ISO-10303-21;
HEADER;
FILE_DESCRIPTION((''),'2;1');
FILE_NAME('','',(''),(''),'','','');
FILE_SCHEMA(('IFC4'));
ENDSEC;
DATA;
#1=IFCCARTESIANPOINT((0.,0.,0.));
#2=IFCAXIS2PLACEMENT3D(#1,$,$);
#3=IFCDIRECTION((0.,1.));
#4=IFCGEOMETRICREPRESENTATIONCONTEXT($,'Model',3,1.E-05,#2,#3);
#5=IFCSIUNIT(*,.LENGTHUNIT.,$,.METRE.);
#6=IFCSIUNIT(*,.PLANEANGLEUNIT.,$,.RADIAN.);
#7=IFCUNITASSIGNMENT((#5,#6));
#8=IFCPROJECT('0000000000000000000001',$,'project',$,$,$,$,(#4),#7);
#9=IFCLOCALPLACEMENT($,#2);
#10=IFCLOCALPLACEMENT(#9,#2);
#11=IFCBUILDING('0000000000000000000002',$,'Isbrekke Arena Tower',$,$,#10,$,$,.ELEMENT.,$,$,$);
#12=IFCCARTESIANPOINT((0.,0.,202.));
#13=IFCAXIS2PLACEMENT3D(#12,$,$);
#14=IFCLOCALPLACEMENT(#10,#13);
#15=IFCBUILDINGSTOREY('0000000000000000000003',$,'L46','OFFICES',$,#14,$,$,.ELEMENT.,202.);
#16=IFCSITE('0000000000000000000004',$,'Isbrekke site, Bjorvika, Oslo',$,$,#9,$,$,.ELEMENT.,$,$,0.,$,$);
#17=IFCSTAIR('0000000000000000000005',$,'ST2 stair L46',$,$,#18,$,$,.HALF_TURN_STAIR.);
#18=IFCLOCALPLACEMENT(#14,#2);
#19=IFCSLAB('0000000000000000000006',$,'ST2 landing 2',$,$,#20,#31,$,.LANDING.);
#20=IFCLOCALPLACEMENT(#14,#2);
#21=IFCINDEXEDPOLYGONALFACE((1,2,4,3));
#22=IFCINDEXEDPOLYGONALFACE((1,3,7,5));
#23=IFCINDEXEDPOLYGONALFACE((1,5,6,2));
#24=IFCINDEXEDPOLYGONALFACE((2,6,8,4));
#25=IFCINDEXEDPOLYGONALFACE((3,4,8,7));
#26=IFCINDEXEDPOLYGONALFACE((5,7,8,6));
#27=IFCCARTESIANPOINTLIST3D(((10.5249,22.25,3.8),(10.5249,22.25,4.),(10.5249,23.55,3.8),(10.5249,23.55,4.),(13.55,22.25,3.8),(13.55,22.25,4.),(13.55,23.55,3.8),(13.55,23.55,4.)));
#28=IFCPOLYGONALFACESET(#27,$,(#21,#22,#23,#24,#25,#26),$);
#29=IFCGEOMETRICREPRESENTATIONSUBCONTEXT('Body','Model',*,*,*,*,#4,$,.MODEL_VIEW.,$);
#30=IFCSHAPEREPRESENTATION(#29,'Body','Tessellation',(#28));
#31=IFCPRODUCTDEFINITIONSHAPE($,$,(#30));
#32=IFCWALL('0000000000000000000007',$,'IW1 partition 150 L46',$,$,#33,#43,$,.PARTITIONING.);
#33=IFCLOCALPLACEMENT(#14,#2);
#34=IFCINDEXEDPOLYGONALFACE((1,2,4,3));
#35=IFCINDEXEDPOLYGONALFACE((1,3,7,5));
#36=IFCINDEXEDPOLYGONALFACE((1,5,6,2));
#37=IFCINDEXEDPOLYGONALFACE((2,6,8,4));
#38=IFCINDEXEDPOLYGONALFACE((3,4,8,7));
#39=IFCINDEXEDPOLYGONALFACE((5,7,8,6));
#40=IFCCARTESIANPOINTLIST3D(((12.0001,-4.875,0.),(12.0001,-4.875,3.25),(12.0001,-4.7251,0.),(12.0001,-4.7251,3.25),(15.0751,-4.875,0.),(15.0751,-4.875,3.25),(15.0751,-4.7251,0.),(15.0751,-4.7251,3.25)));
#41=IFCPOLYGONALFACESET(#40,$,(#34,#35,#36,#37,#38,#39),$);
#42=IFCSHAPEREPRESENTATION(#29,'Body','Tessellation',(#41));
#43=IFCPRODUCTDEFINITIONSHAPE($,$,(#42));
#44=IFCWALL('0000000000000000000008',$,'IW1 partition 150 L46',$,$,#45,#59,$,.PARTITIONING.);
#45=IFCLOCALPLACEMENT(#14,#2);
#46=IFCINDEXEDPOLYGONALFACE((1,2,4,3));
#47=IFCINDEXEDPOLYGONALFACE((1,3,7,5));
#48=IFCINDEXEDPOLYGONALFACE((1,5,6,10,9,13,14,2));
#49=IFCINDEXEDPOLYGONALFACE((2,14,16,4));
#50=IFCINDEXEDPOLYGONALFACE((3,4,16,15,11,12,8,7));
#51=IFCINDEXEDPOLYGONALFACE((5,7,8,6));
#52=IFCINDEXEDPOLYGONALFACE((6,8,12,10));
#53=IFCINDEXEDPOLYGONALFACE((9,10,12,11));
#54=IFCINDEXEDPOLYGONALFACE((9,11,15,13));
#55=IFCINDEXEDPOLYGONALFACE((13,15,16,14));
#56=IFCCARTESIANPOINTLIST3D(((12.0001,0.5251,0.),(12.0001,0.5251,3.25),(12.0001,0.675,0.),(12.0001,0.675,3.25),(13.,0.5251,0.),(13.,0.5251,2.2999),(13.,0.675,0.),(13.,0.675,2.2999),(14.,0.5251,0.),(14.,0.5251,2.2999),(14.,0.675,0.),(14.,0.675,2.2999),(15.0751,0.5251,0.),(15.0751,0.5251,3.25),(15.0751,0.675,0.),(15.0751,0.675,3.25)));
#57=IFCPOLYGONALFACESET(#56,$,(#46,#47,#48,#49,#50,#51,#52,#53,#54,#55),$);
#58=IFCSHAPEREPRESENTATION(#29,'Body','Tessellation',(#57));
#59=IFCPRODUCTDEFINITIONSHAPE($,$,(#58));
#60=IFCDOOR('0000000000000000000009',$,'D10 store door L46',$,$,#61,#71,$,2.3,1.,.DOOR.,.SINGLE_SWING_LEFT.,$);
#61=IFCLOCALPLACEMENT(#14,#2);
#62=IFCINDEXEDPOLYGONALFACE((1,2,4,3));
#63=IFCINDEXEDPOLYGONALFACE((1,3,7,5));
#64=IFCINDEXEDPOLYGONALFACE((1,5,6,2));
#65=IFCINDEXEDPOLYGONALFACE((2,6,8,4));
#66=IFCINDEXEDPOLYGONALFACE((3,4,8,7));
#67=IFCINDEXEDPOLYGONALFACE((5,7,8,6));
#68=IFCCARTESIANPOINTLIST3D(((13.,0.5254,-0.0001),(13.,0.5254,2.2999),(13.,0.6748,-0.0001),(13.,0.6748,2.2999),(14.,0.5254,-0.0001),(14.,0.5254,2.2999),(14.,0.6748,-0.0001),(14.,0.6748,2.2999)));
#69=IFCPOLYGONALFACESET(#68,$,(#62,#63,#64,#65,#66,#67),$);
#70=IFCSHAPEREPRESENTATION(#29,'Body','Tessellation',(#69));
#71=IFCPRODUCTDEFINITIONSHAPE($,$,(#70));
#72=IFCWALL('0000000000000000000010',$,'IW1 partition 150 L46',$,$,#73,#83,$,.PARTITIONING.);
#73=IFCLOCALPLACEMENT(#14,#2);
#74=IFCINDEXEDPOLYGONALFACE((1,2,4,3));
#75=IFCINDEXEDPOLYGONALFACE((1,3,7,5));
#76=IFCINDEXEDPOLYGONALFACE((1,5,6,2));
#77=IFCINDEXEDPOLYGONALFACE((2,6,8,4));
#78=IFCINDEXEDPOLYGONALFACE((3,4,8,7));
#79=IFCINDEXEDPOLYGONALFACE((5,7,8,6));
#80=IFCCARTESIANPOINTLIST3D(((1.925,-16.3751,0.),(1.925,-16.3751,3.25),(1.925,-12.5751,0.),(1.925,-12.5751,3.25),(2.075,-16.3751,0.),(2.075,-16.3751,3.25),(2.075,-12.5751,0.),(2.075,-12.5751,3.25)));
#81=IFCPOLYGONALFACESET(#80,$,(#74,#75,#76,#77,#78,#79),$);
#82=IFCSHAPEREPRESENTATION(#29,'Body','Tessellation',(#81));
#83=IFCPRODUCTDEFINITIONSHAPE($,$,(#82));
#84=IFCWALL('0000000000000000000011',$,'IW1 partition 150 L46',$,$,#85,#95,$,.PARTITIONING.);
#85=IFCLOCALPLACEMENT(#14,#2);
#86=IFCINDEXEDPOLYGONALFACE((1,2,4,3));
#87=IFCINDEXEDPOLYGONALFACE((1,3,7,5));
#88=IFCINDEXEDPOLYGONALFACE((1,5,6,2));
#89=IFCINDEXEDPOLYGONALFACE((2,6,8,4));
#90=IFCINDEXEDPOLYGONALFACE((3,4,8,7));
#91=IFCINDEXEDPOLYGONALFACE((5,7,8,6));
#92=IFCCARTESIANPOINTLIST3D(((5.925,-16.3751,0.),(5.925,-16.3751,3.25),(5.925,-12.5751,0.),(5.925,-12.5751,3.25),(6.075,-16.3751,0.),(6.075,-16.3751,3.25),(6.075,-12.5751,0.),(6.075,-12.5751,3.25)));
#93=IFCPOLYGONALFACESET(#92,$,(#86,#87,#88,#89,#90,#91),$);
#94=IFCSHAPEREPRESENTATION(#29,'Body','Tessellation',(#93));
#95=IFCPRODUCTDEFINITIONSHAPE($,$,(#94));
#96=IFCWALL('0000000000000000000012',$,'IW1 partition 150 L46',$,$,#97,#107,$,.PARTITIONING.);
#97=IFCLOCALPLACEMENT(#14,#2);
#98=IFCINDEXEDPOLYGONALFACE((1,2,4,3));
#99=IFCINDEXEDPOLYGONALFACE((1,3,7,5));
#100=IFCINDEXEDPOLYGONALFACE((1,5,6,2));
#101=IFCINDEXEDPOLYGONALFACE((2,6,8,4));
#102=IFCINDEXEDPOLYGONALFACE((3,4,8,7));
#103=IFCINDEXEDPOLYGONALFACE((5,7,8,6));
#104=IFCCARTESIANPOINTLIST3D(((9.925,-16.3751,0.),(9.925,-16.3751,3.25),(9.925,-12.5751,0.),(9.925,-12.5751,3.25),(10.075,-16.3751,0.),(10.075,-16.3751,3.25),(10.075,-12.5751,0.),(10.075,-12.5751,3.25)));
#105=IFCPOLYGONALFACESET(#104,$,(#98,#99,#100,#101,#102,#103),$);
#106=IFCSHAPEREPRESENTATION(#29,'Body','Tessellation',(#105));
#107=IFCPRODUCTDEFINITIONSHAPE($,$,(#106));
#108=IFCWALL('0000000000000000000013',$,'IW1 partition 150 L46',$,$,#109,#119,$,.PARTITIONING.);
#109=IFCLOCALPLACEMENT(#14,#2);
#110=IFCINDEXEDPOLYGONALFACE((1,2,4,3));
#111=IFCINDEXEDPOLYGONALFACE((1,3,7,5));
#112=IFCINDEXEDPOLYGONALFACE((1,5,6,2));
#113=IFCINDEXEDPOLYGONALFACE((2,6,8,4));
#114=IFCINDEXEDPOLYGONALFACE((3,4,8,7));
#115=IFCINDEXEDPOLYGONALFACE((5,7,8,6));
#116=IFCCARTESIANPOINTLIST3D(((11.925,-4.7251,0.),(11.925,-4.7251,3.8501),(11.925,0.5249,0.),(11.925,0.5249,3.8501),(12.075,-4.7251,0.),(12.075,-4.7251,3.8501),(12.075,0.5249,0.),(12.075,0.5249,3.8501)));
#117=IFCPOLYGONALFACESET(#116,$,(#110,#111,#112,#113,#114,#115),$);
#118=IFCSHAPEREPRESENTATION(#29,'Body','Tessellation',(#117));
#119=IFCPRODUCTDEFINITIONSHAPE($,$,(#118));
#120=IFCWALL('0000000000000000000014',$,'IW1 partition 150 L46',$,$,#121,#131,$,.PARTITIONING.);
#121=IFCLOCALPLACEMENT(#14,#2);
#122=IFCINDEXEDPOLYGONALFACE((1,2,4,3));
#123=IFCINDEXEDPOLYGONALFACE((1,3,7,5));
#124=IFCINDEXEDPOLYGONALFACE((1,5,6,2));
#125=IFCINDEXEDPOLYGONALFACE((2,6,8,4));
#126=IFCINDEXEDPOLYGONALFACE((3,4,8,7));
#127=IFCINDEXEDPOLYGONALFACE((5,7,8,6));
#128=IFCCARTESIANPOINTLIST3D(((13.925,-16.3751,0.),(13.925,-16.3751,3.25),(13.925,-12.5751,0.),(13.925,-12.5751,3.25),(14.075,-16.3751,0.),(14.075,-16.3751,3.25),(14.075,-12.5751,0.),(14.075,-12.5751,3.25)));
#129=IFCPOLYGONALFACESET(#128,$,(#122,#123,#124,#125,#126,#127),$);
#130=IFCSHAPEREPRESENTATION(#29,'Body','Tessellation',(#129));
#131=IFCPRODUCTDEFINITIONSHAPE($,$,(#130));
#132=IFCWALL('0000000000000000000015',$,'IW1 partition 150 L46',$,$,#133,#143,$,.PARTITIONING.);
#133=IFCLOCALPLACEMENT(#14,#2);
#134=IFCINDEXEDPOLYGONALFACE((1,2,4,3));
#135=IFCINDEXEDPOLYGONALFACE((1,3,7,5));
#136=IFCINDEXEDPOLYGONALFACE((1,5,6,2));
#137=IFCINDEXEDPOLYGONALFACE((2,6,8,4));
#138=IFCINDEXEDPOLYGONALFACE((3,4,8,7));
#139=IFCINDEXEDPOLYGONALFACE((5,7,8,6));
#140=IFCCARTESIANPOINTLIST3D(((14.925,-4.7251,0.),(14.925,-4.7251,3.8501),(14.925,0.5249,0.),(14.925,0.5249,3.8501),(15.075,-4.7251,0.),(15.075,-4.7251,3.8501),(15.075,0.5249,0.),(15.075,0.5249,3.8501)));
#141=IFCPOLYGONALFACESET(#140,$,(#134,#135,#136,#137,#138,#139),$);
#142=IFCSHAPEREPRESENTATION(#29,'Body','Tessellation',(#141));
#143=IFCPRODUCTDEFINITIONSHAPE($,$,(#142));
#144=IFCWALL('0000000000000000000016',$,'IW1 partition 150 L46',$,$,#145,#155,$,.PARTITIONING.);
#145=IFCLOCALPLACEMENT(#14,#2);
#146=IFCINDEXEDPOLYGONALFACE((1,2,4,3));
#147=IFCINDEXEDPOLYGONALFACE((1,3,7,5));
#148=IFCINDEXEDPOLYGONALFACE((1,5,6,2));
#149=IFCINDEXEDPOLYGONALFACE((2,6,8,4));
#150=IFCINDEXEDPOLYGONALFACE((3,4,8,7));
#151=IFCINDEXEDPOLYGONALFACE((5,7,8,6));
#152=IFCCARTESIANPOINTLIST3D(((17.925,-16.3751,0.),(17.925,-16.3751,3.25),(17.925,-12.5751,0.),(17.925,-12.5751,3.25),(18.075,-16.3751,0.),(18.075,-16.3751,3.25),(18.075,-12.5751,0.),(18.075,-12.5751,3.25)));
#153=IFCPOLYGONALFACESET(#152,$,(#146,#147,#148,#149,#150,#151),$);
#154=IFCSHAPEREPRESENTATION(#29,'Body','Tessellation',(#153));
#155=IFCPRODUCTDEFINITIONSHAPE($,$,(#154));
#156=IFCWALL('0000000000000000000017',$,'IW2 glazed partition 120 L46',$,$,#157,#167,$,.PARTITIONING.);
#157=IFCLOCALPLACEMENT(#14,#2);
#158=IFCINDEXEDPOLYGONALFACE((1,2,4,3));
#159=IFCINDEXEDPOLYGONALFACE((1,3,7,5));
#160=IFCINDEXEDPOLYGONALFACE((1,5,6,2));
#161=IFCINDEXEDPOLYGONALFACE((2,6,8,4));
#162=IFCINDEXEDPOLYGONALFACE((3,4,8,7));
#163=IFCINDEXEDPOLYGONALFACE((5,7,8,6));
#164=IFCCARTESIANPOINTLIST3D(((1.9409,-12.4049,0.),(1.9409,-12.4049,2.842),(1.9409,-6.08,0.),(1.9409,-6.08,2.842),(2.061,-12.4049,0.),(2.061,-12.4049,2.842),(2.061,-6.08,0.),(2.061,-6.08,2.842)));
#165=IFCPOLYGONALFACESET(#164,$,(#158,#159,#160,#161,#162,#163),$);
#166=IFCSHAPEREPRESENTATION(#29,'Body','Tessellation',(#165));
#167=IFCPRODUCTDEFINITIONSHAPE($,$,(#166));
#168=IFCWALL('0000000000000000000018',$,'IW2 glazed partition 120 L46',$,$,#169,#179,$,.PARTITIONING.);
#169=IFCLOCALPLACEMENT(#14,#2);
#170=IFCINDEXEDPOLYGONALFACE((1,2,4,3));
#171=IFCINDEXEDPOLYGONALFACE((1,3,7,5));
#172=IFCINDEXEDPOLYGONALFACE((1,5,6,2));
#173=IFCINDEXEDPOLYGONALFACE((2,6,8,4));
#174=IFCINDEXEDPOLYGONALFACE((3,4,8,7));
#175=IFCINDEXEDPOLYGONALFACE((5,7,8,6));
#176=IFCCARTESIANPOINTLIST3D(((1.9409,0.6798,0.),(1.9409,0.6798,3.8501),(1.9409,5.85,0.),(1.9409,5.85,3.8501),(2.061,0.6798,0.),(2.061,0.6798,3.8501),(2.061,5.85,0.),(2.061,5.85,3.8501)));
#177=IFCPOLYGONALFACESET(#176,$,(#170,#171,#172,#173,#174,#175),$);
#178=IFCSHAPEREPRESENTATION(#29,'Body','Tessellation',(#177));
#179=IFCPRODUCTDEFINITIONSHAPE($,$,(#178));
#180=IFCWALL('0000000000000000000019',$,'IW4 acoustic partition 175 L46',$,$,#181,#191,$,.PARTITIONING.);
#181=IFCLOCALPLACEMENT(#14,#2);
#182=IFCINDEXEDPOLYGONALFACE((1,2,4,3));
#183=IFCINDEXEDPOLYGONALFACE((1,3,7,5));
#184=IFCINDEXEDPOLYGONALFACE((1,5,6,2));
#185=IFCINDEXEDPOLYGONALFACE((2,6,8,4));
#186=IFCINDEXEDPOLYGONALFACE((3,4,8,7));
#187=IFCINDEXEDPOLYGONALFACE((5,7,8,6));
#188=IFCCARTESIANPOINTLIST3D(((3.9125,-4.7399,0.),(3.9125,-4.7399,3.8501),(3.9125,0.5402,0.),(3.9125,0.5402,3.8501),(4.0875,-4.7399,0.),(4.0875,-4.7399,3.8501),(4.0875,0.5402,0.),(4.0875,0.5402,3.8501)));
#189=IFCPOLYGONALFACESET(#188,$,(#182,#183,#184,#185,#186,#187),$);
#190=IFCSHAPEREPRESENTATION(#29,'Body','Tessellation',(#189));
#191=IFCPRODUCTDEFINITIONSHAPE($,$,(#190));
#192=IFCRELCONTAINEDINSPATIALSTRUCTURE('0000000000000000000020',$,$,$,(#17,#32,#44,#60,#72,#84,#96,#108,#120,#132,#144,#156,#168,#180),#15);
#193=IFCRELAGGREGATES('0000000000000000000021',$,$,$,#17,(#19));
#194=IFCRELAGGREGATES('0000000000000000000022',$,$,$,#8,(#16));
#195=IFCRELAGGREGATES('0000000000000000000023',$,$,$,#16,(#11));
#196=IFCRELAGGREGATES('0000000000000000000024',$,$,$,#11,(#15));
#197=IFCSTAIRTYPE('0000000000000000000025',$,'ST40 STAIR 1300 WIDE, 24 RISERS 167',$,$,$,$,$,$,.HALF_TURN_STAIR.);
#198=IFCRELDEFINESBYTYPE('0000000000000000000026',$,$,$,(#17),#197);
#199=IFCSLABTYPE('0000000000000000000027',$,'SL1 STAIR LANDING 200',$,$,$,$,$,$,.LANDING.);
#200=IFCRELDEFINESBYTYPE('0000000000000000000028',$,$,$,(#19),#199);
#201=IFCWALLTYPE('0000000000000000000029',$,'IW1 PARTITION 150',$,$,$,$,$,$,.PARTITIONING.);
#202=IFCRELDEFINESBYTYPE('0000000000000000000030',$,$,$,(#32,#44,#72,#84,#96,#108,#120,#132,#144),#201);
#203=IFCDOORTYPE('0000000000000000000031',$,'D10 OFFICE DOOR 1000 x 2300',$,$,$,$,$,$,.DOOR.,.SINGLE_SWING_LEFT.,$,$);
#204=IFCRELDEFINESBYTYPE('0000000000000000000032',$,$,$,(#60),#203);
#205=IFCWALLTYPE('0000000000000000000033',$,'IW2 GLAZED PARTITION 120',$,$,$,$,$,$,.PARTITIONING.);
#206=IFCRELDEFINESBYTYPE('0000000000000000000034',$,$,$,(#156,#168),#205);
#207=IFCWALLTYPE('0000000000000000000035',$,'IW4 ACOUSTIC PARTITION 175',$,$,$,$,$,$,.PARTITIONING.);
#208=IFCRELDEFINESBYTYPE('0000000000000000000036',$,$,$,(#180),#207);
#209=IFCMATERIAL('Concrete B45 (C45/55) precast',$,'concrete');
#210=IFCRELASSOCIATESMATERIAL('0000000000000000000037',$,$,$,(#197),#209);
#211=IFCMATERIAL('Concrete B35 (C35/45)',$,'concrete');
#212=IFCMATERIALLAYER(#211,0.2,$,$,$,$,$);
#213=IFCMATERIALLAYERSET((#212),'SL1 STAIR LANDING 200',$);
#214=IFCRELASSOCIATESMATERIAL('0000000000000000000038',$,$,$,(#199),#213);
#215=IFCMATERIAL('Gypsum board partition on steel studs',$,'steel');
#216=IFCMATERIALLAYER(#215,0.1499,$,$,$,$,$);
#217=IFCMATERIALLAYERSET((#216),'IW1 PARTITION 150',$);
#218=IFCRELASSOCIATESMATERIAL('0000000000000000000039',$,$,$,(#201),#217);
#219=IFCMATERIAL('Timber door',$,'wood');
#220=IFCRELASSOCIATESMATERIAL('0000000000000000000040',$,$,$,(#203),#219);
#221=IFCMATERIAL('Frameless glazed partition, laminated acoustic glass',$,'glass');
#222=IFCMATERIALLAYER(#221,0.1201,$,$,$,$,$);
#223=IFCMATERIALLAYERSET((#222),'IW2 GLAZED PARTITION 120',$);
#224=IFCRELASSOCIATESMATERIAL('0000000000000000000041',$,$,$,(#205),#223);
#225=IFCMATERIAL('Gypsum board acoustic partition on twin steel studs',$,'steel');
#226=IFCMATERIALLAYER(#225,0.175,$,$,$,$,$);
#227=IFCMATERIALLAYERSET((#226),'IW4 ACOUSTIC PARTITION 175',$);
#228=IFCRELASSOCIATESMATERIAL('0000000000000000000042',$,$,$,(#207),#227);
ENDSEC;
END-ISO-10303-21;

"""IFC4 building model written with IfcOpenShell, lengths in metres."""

from ifc_helpers import new_model, si_unit, direction, frame, frame_2d, origin, place, context, subcontext, project, spatial, polyline, rectangle, outline, extrude, material, layer, layer_set, type_object, element, fill, aggregate, save


model = new_model("IFC4")

# Units and contexts
model_context = context("Model", 3, precision=1e-05, world=origin(), true_north=direction((0.0, 1.0)))
body_context = subcontext(model_context, "Body", "Model", "MODEL_VIEW")
ifc_project = project(units=[si_unit("LENGTHUNIT", "METRE"), si_unit("PLANEANGLEUNIT", "RADIAN")], contexts=[model_context])

# Site, building, storey
site_placement = place(None, origin())
site = spatial("IfcSite", under=ifc_project, at=site_placement, Name="Isbrekke site, Bjorvika, Oslo", CompositionType="ELEMENT", RefElevation=0.0)
building_placement = place(site_placement, origin())
building = spatial("IfcBuilding", under=site, at=building_placement, Name="Isbrekke Arena Tower", CompositionType="ELEMENT")
storey_placement = place(building_placement, frame((0.0, 0.0, 202.0)))
storey = spatial("IfcBuildingStorey", under=building, at=storey_placement, Name="L46", Description="OFFICES", CompositionType="ELEMENT", Elevation=202.0)

# Stair, slab
ifc_material_1 = material(Name="Concrete B45 (C45/55) precast", Category="concrete")
stair_type = type_object("IfcStairType", Name="ST40 STAIR 1300 WIDE, 24 RISERS 167", PredefinedType="HALF_TURN_STAIR", material=ifc_material_1)
ifc_material_2 = material(Name="Concrete B35 (C35/45)", Category="concrete")
ifc_layer_1 = layer(ifc_material_2, 0.2)
ifc_layer_set_1 = layer_set([ifc_layer_1], Name="SL1 STAIR LANDING 200")
slab_type_1 = type_object("IfcSlabType", Name="SL1 STAIR LANDING 200", PredefinedType="LANDING", material=ifc_layer_set_1)
stair_1_placement = place(storey_placement, origin())
stair_1 = element("IfcStair", 1, at=stair_1_placement, inside=storey, type_object=stair_type, Name="ST2 stair L46", PredefinedType="HALF_TURN_STAIR")
slab_1_placement = place(storey_placement, frame((0.0, 0.0, 3.8)))
slab_1 = element("IfcSlab", 2, at=slab_1_placement, type_object=slab_type_1, Name="ST2 landing 2", PredefinedType="LANDING", context=body_context, shape_type="SweptSolid", body=[
    extrude(outline(polyline([(10.5249, 22.25), (13.55, 22.25), (13.55, 23.55), (10.5249, 23.55), (10.5249, 22.25)])), origin(), (0.0, 0.0, 1.0), 0.2),
])
aggregate(stair_1, [slab_1])

# Wall
ifc_material_3 = material(Name="Gypsum board partition on steel studs", Category="steel")
ifc_layer_2 = layer(ifc_material_3, 0.1499)
ifc_layer_set_2 = layer_set([ifc_layer_2], Name="IW1 PARTITION 150")
wall_type_1 = type_object("IfcWallType", Name="IW1 PARTITION 150", PredefinedType="PARTITIONING", material=ifc_layer_set_2)
wall_1_placement = place(storey_placement, frame((12.0, -4.8, 0.0), z_axis=(0.0, 0.0, 1.0), x_axis=(1.0, 0.0, 0.0)))
element("IfcWall", 3, at=wall_1_placement, inside=storey, type_object=wall_type_1, Name="IW1 partition 150 L46", PredefinedType="PARTITIONING", context=body_context, shape_type="SweptSolid", body=[
    extrude(rectangle(XDim=3.075, YDim=0.1499, at=frame_2d((1.5376, 0.0))), origin(), (0.0, 0.0, 1.0), 3.25),
])

# Wall, opening, door
wall_2_placement = place(storey_placement, frame((12.0, 0.6001, 0.0), z_axis=(0.0, 0.0, 1.0), x_axis=(1.0, 0.0, 0.0)))
wall_2 = element("IfcWall", 4, at=wall_2_placement, inside=storey, type_object=wall_type_1, Name="IW1 partition 150 L46", PredefinedType="PARTITIONING", context=body_context, shape_type="SweptSolid", body=[
    extrude(rectangle(XDim=3.075, YDim=0.1499, at=frame_2d((1.5376, 0.0))), origin(), (0.0, 0.0, 1.0), 3.25),
])
opening_placement = place(wall_2_placement, frame((1.0, 0.0, 0.0)))
opening = element("IfcOpeningElement", 5, at=opening_placement, cuts=wall_2, PredefinedType="OPENING", context=body_context, shape_type="SweptSolid", body=[
    extrude(rectangle(XDim=1.0, YDim=2.3, at=frame_2d((0.5, 1.1499))), frame((0.0, 0.0898, 0.0), z_axis=(0.0, -1.0, 0.0), x_axis=(1.0, 0.0, 0.0)), (0.0, 0.0, 1.0), 0.1797),
])
ifc_material_4 = material(Name="Timber door", Category="wood")
door_type = type_object("IfcDoorType", Name="D10 OFFICE DOOR 1000 x 2300", OperationType="SINGLE_SWING_LEFT", PredefinedType="DOOR", material=ifc_material_4)
door_placement = place(opening_placement, origin())
door = element("IfcDoor", 6, at=door_placement, inside=storey, type_object=door_type, Name="D10 store door L46", OperationType="SINGLE_SWING_LEFT", OverallHeight=2.3, OverallWidth=1.0, PredefinedType="DOOR", context=body_context, shape_type="SweptSolid", body=[
    extrude(rectangle(XDim=1.0, YDim=2.3, at=frame_2d((0.5, 1.1499))), frame((0.0, 0.0747, 0.0), z_axis=(0.0, -1.0, 0.0), x_axis=(1.0, 0.0, 0.0)), (0.0, 0.0, 1.0), 0.1494),
])
fill(opening, door)

# Walls
for number, where, z_axis, x_axis, name in (
    (7, (2.0, -16.375, 0.0), (0.0, 0.0, 1.0), (0.0, 1.0, 0.0), "IW1 partition 150 L46"),
    (8, (6.0, -16.375, 0.0), (0.0, 0.0, 1.0), (0.0, 1.0, 0.0), "IW1 partition 150 L46"),
    (9, (10.0, -16.375, 0.0), (0.0, 0.0, 1.0), (0.0, 1.0, 0.0), "IW1 partition 150 L46"),
):
    element("IfcWall", number, at=place(storey_placement, frame(where, z_axis=z_axis, x_axis=x_axis)), inside=storey, type_object=wall_type_1, Name=name, PredefinedType="PARTITIONING", context=body_context, shape_type="SweptSolid", body=[
        extrude(rectangle(XDim=3.8, YDim=0.1499, at=frame_2d((1.8999, 0.0))), origin(), (0.0, 0.0, 1.0), 3.25),
    ])
wall_3_placement = place(storey_placement, frame((12.0, -4.7251, 0.0), z_axis=(0.0, 0.0, 1.0), x_axis=(0.0, 1.0, 0.0)))
element("IfcWall", 10, at=wall_3_placement, inside=storey, type_object=wall_type_1, Name="IW1 partition 150 L46", PredefinedType="PARTITIONING", context=body_context, shape_type="SweptSolid", body=[
    extrude(rectangle(XDim=5.25, YDim=0.1499, at=frame_2d((2.625, 0.0))), origin(), (0.0, 0.0, 1.0), 3.8501),
])
wall_4_placement = place(storey_placement, frame((14.0, -16.375, 0.0), z_axis=(0.0, 0.0, 1.0), x_axis=(0.0, 1.0, 0.0)))
element("IfcWall", 11, at=wall_4_placement, inside=storey, type_object=wall_type_1, Name="IW1 partition 150 L46", PredefinedType="PARTITIONING", context=body_context, shape_type="SweptSolid", body=[
    extrude(rectangle(XDim=3.8, YDim=0.1499, at=frame_2d((1.8999, 0.0))), origin(), (0.0, 0.0, 1.0), 3.25),
])
wall_5_placement = place(storey_placement, frame((15.0, -4.7251, 0.0), z_axis=(0.0, 0.0, 1.0), x_axis=(0.0, 1.0, 0.0)))
element("IfcWall", 12, at=wall_5_placement, inside=storey, type_object=wall_type_1, Name="IW1 partition 150 L46", PredefinedType="PARTITIONING", context=body_context, shape_type="SweptSolid", body=[
    extrude(rectangle(XDim=5.25, YDim=0.1499, at=frame_2d((2.625, 0.0))), origin(), (0.0, 0.0, 1.0), 3.8501),
])
wall_6_placement = place(storey_placement, frame((18.0, -16.375, 0.0), z_axis=(0.0, 0.0, 1.0), x_axis=(0.0, 1.0, 0.0)))
element("IfcWall", 13, at=wall_6_placement, inside=storey, type_object=wall_type_1, Name="IW1 partition 150 L46", PredefinedType="PARTITIONING", context=body_context, shape_type="SweptSolid", body=[
    extrude(rectangle(XDim=3.8, YDim=0.1499, at=frame_2d((1.8999, 0.0))), origin(), (0.0, 0.0, 1.0), 3.25),
])
ifc_material_5 = material(Name="Frameless glazed partition, laminated acoustic glass", Category="glass")
ifc_layer_3 = layer(ifc_material_5, 0.1201)
ifc_layer_set_3 = layer_set([ifc_layer_3], Name="IW2 GLAZED PARTITION 120")
wall_type_2 = type_object("IfcWallType", Name="IW2 GLAZED PARTITION 120", PredefinedType="PARTITIONING", material=ifc_layer_set_3)
wall_7_placement = place(storey_placement, frame((2.001, -12.405, 0.0), z_axis=(0.0, 0.0, 1.0), x_axis=(0.0, 1.0, 0.0)))
element("IfcWall", 14, at=wall_7_placement, inside=storey, type_object=wall_type_2, Name="IW2 glazed partition 120 L46", PredefinedType="PARTITIONING", context=body_context, shape_type="SweptSolid", body=[
    extrude(rectangle(XDim=6.325, YDim=0.1201, at=frame_2d((3.1626, 0.0))), origin(), (0.0, 0.0, 1.0), 2.842),
])
wall_8_placement = place(storey_placement, frame((2.001, 0.6799, 0.0), z_axis=(0.0, 0.0, 1.0), x_axis=(0.0, 1.0, 0.0)))
element("IfcWall", 15, at=wall_8_placement, inside=storey, type_object=wall_type_2, Name="IW2 glazed partition 120 L46", PredefinedType="PARTITIONING", context=body_context, shape_type="SweptSolid", body=[
    extrude(rectangle(XDim=5.1702, YDim=0.1201, at=frame_2d((2.585, 0.0))), origin(), (0.0, 0.0, 1.0), 3.8501),
])
ifc_material_6 = material(Name="Gypsum board acoustic partition on twin steel studs", Category="steel")
ifc_layer_4 = layer(ifc_material_6, 0.175)
ifc_layer_set_4 = layer_set([ifc_layer_4], Name="IW4 ACOUSTIC PARTITION 175")
wall_type_3 = type_object("IfcWallType", Name="IW4 ACOUSTIC PARTITION 175", PredefinedType="PARTITIONING", material=ifc_layer_set_4)
wall_9_placement = place(storey_placement, frame((4.0, -4.74, 0.0), z_axis=(0.0, 0.0, 1.0), x_axis=(0.0, 1.0, 0.0)))
element("IfcWall", 16, at=wall_9_placement, inside=storey, type_object=wall_type_3, Name="IW4 acoustic partition 175 L46", PredefinedType="PARTITIONING", context=body_context, shape_type="SweptSolid", body=[
    extrude(rectangle(XDim=5.28, YDim=0.175, at=frame_2d((2.6401, 0.0))), origin(), (0.0, 0.0, 1.0), 3.8501),
])

save(model, "model.ifc")
